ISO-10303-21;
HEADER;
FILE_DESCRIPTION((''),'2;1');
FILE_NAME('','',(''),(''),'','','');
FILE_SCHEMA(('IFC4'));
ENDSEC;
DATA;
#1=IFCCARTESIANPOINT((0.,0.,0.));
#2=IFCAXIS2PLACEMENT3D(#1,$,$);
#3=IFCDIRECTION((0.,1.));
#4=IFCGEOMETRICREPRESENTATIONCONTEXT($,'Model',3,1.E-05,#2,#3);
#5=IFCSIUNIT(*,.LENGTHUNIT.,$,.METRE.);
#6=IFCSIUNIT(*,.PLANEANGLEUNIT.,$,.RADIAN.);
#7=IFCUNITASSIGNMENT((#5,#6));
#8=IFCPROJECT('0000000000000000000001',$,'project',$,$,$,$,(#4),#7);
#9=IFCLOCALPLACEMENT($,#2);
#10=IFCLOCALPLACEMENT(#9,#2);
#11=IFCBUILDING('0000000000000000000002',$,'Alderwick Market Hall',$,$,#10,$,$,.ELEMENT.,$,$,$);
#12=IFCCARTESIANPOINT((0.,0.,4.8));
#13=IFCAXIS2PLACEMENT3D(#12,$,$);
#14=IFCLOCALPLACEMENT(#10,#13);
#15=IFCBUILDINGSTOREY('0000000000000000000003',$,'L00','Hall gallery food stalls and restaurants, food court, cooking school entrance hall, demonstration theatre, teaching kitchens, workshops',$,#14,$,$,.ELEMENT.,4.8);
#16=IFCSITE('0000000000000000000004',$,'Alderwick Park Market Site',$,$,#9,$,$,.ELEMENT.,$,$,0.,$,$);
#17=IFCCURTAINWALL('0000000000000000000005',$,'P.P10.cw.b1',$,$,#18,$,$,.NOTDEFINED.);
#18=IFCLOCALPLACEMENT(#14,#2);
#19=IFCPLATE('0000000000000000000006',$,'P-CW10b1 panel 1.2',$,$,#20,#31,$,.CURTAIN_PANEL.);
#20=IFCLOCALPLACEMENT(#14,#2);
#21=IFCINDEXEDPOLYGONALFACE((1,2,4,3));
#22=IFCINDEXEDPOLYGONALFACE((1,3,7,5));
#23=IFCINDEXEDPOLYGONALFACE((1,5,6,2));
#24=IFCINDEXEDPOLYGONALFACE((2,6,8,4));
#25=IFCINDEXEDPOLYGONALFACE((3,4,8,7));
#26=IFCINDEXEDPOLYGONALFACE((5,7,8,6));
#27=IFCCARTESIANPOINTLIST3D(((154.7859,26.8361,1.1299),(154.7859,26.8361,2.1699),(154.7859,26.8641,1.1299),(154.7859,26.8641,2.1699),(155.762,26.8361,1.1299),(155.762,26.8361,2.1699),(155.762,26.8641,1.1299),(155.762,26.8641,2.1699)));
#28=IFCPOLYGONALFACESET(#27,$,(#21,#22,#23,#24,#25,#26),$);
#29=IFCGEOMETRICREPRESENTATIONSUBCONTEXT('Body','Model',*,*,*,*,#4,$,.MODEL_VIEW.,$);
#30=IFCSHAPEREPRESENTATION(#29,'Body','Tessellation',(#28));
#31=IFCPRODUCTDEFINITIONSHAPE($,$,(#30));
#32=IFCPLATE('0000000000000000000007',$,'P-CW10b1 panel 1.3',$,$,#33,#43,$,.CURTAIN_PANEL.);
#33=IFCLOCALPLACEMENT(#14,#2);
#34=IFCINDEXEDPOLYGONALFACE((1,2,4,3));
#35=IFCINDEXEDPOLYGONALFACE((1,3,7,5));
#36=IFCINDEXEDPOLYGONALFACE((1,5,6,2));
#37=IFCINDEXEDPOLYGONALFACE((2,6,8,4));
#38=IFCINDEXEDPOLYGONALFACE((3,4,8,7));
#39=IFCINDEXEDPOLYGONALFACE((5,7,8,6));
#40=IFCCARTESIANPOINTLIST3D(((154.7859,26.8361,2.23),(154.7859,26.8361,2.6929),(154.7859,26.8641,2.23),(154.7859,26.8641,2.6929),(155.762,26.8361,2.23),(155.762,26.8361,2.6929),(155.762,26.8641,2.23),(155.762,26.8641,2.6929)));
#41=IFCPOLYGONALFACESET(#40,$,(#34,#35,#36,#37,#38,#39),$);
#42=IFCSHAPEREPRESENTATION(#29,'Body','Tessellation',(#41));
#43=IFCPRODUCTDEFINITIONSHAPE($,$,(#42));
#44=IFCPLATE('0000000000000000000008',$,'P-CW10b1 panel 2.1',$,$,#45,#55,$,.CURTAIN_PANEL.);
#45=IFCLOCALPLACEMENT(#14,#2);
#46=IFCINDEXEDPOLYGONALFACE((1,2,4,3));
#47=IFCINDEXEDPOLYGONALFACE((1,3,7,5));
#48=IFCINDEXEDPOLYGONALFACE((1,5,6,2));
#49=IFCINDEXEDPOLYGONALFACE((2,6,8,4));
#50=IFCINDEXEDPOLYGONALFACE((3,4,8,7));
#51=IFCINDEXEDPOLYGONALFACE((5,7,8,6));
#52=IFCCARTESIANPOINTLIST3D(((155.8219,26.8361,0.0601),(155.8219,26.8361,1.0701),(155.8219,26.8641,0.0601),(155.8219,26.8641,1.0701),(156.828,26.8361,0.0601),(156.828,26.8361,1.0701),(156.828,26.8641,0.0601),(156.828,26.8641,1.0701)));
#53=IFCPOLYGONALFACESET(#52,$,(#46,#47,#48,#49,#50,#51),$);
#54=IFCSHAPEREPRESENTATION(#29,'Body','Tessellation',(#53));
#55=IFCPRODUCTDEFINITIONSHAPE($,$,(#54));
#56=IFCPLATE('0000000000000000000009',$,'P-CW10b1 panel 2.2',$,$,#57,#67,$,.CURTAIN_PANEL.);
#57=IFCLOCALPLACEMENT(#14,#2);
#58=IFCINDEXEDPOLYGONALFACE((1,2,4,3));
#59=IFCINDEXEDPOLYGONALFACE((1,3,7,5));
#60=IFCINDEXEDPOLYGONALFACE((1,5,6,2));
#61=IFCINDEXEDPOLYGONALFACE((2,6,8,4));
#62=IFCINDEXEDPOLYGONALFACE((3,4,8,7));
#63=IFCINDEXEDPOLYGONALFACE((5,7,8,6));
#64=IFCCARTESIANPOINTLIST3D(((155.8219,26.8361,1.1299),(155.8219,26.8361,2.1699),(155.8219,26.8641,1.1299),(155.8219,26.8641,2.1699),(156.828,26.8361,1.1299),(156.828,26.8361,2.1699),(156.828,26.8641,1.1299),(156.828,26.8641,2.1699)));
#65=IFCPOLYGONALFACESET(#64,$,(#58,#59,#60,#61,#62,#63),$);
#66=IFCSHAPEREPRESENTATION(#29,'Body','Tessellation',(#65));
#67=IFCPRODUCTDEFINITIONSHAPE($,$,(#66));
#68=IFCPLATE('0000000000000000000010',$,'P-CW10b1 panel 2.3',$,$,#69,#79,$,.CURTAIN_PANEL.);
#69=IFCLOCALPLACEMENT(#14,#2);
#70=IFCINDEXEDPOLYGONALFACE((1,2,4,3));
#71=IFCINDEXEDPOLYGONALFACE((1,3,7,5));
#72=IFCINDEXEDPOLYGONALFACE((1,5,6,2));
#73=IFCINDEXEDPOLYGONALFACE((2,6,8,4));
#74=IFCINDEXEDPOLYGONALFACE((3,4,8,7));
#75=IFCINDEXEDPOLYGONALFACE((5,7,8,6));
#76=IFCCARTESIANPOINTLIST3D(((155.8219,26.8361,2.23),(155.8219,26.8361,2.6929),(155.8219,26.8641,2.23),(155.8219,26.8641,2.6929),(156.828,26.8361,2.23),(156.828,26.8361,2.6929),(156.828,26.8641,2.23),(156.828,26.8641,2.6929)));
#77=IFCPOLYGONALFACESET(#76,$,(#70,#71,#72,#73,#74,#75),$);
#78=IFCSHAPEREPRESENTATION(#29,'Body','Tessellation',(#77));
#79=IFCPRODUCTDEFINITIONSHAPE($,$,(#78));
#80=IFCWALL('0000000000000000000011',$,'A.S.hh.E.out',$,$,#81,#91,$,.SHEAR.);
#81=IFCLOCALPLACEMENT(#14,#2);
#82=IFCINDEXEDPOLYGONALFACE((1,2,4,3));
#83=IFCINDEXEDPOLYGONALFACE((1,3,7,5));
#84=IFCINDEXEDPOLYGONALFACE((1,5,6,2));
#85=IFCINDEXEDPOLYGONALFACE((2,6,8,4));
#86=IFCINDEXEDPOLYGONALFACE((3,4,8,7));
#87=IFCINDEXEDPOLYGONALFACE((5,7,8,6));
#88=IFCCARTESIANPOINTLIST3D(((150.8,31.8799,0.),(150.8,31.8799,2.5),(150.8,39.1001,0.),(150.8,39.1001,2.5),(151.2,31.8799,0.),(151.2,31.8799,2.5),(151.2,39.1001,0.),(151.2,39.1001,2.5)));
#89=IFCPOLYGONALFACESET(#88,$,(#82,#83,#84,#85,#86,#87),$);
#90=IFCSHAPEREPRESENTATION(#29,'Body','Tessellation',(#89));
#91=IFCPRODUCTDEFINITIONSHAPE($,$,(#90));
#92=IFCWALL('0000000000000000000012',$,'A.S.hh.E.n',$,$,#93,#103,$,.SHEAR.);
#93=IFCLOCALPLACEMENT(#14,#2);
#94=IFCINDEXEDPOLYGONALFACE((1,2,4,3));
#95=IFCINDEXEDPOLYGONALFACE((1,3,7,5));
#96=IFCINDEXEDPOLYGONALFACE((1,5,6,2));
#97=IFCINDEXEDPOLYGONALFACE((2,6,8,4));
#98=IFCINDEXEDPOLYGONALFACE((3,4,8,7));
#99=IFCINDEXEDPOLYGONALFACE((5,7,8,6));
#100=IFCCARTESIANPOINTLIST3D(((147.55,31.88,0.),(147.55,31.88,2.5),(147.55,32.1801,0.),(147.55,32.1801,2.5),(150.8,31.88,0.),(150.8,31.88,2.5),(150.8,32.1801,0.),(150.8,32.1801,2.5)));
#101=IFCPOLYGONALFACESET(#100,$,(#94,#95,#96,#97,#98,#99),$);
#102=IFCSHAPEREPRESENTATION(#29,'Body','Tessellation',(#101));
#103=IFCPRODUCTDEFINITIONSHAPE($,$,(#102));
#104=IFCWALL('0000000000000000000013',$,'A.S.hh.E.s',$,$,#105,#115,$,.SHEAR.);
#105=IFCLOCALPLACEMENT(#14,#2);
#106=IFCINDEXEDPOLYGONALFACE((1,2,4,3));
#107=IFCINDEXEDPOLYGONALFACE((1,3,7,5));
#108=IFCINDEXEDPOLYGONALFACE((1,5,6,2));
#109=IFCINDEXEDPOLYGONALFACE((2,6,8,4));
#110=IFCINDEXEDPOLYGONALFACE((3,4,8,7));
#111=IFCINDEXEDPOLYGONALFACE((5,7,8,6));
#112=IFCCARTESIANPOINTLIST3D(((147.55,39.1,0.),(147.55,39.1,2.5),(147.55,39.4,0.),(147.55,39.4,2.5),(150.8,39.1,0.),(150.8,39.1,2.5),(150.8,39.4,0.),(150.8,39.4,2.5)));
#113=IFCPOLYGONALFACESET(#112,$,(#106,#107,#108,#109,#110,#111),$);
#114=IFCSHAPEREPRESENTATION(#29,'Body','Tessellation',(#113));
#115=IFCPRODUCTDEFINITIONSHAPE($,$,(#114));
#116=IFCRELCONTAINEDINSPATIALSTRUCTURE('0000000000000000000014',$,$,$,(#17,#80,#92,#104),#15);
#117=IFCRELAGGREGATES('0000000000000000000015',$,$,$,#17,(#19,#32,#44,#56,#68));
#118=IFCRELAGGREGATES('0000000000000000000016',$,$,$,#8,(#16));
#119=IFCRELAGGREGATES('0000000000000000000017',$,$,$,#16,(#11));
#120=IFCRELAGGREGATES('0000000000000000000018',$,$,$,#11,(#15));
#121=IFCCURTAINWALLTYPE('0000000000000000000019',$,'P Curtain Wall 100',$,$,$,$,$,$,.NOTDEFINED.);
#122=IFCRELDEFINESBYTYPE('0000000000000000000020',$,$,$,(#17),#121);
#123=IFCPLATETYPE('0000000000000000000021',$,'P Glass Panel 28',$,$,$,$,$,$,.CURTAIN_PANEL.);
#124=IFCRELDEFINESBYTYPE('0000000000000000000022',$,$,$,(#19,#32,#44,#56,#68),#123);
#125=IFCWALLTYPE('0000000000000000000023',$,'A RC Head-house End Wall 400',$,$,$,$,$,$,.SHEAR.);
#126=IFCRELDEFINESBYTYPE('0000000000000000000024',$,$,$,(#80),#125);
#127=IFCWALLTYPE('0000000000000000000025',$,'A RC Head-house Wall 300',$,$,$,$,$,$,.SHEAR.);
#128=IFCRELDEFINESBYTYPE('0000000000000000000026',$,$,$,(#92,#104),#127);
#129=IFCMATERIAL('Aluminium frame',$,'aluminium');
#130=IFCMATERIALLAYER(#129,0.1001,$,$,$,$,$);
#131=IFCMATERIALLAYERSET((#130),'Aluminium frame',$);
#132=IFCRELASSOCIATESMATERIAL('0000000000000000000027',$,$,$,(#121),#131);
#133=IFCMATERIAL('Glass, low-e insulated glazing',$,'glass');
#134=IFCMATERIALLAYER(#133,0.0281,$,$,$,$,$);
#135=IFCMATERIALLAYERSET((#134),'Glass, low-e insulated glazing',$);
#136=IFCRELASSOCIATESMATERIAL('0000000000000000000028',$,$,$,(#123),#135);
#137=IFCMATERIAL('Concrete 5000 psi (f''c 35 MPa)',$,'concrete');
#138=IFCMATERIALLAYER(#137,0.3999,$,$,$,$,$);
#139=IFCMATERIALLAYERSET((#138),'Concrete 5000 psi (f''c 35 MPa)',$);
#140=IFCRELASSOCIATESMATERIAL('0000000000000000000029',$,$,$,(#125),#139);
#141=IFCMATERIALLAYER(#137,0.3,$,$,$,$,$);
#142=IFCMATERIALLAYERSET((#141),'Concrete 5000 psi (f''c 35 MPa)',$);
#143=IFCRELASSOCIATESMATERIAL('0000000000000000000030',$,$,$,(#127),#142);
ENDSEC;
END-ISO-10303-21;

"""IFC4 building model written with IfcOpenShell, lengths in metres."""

from ifc_helpers import new_model, si_unit, direction, frame, frame_2d, origin, origin_2d, place, context, subcontext, project, spatial, rectangle, extrude, material, layer, layer_set, type_object, element, aggregate, save


model = new_model("IFC4")

# Units and contexts
model_context = context("Model", 3, precision=1e-05, world=origin(), true_north=direction((0.0, 1.0)))
body_context = subcontext(model_context, "Body", "Model", "MODEL_VIEW")
ifc_project = project(units=[si_unit("LENGTHUNIT", "METRE"), si_unit("PLANEANGLEUNIT", "RADIAN")], contexts=[model_context])

# Site, building, storey
site_placement = place(None, origin())
site = spatial("IfcSite", under=ifc_project, at=site_placement, Name="Alderwick Park Market Site", CompositionType="ELEMENT", RefElevation=0.0)
building_placement = place(site_placement, origin())
building = spatial("IfcBuilding", under=site, at=building_placement, Name="Alderwick Market Hall", CompositionType="ELEMENT")
storey_placement = place(building_placement, frame((0.0, 0.0, 4.8)))
storey = spatial("IfcBuildingStorey", under=building, at=storey_placement, Name="L00", Description="Hall gallery food stalls and restaurants, food court, cooking school entrance hall, demonstration theatre, teaching kitchens, workshops", CompositionType="ELEMENT", Elevation=4.8)

# Curtain wall
ifc_material_1 = material(Name="Aluminium frame", Category="aluminium")
ifc_layer_1 = layer(ifc_material_1, 0.1001)
ifc_layer_set_1 = layer_set([ifc_layer_1], Name="Aluminium frame")
curtain_wall_type = type_object("IfcCurtainWallType", Name="P Curtain Wall 100", PredefinedType="NOTDEFINED", material=ifc_layer_set_1)
curtain_wall_1_placement = place(storey_placement, origin())
curtain_wall_1 = element("IfcCurtainWall", 1, at=curtain_wall_1_placement, inside=storey, type_object=curtain_wall_type, Name="P.P10.cw.b1", PredefinedType="NOTDEFINED")

# Plates
ifc_material_2 = material(Name="Glass, low-e insulated glazing", Category="glass")
ifc_layer_2 = layer(ifc_material_2, 0.0281)
ifc_layer_set_2 = layer_set([ifc_layer_2], Name="Glass, low-e insulated glazing")
plate_type = type_object("IfcPlateType", Name="P Glass Panel 28", PredefinedType="CURTAIN_PANEL", material=ifc_layer_set_2)
plate_1_placement = place(storey_placement, frame((155.2739, 26.8501, 1.1299), z_axis=(0.0, 0.0, 1.0), x_axis=(1.0, 0.0, 0.0)))
plate_1 = element("IfcPlate", 2, at=plate_1_placement, type_object=plate_type, Name="P-CW10b1 panel 1.2", PredefinedType="CURTAIN_PANEL", context=body_context, shape_type="SweptSolid", body=[
    extrude(rectangle(XDim=0.9761, YDim=0.0281, at=origin_2d()), origin(), (0.0, 0.0, 1.0), 1.04),
])
plate_2_placement = place(storey_placement, frame((155.2739, 26.8501, 2.23), z_axis=(0.0, 0.0, 1.0), x_axis=(1.0, 0.0, 0.0)))
plate_2 = element("IfcPlate", 3, at=plate_2_placement, type_object=plate_type, Name="P-CW10b1 panel 1.3", PredefinedType="CURTAIN_PANEL", context=body_context, shape_type="SweptSolid", body=[
    extrude(rectangle(XDim=0.9761, YDim=0.0281, at=origin_2d()), origin(), (0.0, 0.0, 1.0), 0.4629),
])
plate_3_placement = place(storey_placement, frame((156.325, 26.8501, 0.0601), z_axis=(0.0, 0.0, 1.0), x_axis=(1.0, 0.0, 0.0)))
plate_3 = element("IfcPlate", 4, at=plate_3_placement, type_object=plate_type, Name="P-CW10b1 panel 2.1", PredefinedType="CURTAIN_PANEL", context=body_context, shape_type="SweptSolid", body=[
    extrude(rectangle(XDim=1.0061, YDim=0.0281, at=origin_2d()), origin(), (0.0, 0.0, 1.0), 1.01),
])
plate_4_placement = place(storey_placement, frame((156.325, 26.8501, 1.1299), z_axis=(0.0, 0.0, 1.0), x_axis=(1.0, 0.0, 0.0)))
plate_4 = element("IfcPlate", 5, at=plate_4_placement, type_object=plate_type, Name="P-CW10b1 panel 2.2", PredefinedType="CURTAIN_PANEL", context=body_context, shape_type="SweptSolid", body=[
    extrude(rectangle(XDim=1.0061, YDim=0.0281, at=origin_2d()), origin(), (0.0, 0.0, 1.0), 1.04),
])
plate_5_placement = place(storey_placement, frame((156.325, 26.8501, 2.23), z_axis=(0.0, 0.0, 1.0), x_axis=(1.0, 0.0, 0.0)))
plate_5 = element("IfcPlate", 6, at=plate_5_placement, type_object=plate_type, Name="P-CW10b1 panel 2.3", PredefinedType="CURTAIN_PANEL", context=body_context, shape_type="SweptSolid", body=[
    extrude(rectangle(XDim=1.0061, YDim=0.0281, at=origin_2d()), origin(), (0.0, 0.0, 1.0), 0.4629),
])
aggregate(curtain_wall_1, [plate_1, plate_2, plate_3, plate_4, plate_5])

# Walls
ifc_material_3 = material(Name="Concrete 5000 psi (f'c 35 MPa)", Category="concrete")
ifc_layer_3 = layer(ifc_material_3, 0.3999)
ifc_layer_set_3 = layer_set([ifc_layer_3], Name="Concrete 5000 psi (f'c 35 MPa)")
wall_type_1 = type_object("IfcWallType", Name="A RC Head-house End Wall 400", PredefinedType="SHEAR", material=ifc_layer_set_3)
wall_placement = place(storey_placement, frame((151.0, 39.1001, 0.0), z_axis=(0.0, 0.0, 1.0), x_axis=(0.0, -1.0, 0.0)))
element("IfcWall", 7, at=wall_placement, inside=storey, type_object=wall_type_1, Name="A.S.hh.E.out", PredefinedType="SHEAR", context=body_context, shape_type="SweptSolid", body=[
    extrude(rectangle(XDim=7.2202, YDim=0.3999, at=frame_2d((3.6101, 0.0))), origin(), (0.0, 0.0, 1.0), 2.5),
])
ifc_layer_4 = layer(ifc_material_3, 0.3)
ifc_layer_set_4 = layer_set([ifc_layer_4], Name="Concrete 5000 psi (f'c 35 MPa)")
wall_type_2 = type_object("IfcWallType", Name="A RC Head-house Wall 300", PredefinedType="SHEAR", material=ifc_layer_set_4)
for number, where, z_axis, x_axis, name in (
    (8, (150.8, 32.03, 0.0), (0.0, 0.0, 1.0), (-1.0, 0.0, 0.0), "A.S.hh.E.n"),
    (9, (150.8, 39.25, 0.0), (0.0, 0.0, 1.0), (-1.0, 0.0, 0.0), "A.S.hh.E.s"),
):
    element("IfcWall", number, at=place(storey_placement, frame(where, z_axis=z_axis, x_axis=x_axis)), inside=storey, type_object=wall_type_2, Name=name, PredefinedType="SHEAR", context=body_context, shape_type="SweptSolid", body=[
        extrude(rectangle(XDim=3.25, YDim=0.3, at=frame_2d((1.625, 0.0))), origin(), (0.0, 0.0, 1.0), 2.5),
    ])

save(model, "model.ifc")
